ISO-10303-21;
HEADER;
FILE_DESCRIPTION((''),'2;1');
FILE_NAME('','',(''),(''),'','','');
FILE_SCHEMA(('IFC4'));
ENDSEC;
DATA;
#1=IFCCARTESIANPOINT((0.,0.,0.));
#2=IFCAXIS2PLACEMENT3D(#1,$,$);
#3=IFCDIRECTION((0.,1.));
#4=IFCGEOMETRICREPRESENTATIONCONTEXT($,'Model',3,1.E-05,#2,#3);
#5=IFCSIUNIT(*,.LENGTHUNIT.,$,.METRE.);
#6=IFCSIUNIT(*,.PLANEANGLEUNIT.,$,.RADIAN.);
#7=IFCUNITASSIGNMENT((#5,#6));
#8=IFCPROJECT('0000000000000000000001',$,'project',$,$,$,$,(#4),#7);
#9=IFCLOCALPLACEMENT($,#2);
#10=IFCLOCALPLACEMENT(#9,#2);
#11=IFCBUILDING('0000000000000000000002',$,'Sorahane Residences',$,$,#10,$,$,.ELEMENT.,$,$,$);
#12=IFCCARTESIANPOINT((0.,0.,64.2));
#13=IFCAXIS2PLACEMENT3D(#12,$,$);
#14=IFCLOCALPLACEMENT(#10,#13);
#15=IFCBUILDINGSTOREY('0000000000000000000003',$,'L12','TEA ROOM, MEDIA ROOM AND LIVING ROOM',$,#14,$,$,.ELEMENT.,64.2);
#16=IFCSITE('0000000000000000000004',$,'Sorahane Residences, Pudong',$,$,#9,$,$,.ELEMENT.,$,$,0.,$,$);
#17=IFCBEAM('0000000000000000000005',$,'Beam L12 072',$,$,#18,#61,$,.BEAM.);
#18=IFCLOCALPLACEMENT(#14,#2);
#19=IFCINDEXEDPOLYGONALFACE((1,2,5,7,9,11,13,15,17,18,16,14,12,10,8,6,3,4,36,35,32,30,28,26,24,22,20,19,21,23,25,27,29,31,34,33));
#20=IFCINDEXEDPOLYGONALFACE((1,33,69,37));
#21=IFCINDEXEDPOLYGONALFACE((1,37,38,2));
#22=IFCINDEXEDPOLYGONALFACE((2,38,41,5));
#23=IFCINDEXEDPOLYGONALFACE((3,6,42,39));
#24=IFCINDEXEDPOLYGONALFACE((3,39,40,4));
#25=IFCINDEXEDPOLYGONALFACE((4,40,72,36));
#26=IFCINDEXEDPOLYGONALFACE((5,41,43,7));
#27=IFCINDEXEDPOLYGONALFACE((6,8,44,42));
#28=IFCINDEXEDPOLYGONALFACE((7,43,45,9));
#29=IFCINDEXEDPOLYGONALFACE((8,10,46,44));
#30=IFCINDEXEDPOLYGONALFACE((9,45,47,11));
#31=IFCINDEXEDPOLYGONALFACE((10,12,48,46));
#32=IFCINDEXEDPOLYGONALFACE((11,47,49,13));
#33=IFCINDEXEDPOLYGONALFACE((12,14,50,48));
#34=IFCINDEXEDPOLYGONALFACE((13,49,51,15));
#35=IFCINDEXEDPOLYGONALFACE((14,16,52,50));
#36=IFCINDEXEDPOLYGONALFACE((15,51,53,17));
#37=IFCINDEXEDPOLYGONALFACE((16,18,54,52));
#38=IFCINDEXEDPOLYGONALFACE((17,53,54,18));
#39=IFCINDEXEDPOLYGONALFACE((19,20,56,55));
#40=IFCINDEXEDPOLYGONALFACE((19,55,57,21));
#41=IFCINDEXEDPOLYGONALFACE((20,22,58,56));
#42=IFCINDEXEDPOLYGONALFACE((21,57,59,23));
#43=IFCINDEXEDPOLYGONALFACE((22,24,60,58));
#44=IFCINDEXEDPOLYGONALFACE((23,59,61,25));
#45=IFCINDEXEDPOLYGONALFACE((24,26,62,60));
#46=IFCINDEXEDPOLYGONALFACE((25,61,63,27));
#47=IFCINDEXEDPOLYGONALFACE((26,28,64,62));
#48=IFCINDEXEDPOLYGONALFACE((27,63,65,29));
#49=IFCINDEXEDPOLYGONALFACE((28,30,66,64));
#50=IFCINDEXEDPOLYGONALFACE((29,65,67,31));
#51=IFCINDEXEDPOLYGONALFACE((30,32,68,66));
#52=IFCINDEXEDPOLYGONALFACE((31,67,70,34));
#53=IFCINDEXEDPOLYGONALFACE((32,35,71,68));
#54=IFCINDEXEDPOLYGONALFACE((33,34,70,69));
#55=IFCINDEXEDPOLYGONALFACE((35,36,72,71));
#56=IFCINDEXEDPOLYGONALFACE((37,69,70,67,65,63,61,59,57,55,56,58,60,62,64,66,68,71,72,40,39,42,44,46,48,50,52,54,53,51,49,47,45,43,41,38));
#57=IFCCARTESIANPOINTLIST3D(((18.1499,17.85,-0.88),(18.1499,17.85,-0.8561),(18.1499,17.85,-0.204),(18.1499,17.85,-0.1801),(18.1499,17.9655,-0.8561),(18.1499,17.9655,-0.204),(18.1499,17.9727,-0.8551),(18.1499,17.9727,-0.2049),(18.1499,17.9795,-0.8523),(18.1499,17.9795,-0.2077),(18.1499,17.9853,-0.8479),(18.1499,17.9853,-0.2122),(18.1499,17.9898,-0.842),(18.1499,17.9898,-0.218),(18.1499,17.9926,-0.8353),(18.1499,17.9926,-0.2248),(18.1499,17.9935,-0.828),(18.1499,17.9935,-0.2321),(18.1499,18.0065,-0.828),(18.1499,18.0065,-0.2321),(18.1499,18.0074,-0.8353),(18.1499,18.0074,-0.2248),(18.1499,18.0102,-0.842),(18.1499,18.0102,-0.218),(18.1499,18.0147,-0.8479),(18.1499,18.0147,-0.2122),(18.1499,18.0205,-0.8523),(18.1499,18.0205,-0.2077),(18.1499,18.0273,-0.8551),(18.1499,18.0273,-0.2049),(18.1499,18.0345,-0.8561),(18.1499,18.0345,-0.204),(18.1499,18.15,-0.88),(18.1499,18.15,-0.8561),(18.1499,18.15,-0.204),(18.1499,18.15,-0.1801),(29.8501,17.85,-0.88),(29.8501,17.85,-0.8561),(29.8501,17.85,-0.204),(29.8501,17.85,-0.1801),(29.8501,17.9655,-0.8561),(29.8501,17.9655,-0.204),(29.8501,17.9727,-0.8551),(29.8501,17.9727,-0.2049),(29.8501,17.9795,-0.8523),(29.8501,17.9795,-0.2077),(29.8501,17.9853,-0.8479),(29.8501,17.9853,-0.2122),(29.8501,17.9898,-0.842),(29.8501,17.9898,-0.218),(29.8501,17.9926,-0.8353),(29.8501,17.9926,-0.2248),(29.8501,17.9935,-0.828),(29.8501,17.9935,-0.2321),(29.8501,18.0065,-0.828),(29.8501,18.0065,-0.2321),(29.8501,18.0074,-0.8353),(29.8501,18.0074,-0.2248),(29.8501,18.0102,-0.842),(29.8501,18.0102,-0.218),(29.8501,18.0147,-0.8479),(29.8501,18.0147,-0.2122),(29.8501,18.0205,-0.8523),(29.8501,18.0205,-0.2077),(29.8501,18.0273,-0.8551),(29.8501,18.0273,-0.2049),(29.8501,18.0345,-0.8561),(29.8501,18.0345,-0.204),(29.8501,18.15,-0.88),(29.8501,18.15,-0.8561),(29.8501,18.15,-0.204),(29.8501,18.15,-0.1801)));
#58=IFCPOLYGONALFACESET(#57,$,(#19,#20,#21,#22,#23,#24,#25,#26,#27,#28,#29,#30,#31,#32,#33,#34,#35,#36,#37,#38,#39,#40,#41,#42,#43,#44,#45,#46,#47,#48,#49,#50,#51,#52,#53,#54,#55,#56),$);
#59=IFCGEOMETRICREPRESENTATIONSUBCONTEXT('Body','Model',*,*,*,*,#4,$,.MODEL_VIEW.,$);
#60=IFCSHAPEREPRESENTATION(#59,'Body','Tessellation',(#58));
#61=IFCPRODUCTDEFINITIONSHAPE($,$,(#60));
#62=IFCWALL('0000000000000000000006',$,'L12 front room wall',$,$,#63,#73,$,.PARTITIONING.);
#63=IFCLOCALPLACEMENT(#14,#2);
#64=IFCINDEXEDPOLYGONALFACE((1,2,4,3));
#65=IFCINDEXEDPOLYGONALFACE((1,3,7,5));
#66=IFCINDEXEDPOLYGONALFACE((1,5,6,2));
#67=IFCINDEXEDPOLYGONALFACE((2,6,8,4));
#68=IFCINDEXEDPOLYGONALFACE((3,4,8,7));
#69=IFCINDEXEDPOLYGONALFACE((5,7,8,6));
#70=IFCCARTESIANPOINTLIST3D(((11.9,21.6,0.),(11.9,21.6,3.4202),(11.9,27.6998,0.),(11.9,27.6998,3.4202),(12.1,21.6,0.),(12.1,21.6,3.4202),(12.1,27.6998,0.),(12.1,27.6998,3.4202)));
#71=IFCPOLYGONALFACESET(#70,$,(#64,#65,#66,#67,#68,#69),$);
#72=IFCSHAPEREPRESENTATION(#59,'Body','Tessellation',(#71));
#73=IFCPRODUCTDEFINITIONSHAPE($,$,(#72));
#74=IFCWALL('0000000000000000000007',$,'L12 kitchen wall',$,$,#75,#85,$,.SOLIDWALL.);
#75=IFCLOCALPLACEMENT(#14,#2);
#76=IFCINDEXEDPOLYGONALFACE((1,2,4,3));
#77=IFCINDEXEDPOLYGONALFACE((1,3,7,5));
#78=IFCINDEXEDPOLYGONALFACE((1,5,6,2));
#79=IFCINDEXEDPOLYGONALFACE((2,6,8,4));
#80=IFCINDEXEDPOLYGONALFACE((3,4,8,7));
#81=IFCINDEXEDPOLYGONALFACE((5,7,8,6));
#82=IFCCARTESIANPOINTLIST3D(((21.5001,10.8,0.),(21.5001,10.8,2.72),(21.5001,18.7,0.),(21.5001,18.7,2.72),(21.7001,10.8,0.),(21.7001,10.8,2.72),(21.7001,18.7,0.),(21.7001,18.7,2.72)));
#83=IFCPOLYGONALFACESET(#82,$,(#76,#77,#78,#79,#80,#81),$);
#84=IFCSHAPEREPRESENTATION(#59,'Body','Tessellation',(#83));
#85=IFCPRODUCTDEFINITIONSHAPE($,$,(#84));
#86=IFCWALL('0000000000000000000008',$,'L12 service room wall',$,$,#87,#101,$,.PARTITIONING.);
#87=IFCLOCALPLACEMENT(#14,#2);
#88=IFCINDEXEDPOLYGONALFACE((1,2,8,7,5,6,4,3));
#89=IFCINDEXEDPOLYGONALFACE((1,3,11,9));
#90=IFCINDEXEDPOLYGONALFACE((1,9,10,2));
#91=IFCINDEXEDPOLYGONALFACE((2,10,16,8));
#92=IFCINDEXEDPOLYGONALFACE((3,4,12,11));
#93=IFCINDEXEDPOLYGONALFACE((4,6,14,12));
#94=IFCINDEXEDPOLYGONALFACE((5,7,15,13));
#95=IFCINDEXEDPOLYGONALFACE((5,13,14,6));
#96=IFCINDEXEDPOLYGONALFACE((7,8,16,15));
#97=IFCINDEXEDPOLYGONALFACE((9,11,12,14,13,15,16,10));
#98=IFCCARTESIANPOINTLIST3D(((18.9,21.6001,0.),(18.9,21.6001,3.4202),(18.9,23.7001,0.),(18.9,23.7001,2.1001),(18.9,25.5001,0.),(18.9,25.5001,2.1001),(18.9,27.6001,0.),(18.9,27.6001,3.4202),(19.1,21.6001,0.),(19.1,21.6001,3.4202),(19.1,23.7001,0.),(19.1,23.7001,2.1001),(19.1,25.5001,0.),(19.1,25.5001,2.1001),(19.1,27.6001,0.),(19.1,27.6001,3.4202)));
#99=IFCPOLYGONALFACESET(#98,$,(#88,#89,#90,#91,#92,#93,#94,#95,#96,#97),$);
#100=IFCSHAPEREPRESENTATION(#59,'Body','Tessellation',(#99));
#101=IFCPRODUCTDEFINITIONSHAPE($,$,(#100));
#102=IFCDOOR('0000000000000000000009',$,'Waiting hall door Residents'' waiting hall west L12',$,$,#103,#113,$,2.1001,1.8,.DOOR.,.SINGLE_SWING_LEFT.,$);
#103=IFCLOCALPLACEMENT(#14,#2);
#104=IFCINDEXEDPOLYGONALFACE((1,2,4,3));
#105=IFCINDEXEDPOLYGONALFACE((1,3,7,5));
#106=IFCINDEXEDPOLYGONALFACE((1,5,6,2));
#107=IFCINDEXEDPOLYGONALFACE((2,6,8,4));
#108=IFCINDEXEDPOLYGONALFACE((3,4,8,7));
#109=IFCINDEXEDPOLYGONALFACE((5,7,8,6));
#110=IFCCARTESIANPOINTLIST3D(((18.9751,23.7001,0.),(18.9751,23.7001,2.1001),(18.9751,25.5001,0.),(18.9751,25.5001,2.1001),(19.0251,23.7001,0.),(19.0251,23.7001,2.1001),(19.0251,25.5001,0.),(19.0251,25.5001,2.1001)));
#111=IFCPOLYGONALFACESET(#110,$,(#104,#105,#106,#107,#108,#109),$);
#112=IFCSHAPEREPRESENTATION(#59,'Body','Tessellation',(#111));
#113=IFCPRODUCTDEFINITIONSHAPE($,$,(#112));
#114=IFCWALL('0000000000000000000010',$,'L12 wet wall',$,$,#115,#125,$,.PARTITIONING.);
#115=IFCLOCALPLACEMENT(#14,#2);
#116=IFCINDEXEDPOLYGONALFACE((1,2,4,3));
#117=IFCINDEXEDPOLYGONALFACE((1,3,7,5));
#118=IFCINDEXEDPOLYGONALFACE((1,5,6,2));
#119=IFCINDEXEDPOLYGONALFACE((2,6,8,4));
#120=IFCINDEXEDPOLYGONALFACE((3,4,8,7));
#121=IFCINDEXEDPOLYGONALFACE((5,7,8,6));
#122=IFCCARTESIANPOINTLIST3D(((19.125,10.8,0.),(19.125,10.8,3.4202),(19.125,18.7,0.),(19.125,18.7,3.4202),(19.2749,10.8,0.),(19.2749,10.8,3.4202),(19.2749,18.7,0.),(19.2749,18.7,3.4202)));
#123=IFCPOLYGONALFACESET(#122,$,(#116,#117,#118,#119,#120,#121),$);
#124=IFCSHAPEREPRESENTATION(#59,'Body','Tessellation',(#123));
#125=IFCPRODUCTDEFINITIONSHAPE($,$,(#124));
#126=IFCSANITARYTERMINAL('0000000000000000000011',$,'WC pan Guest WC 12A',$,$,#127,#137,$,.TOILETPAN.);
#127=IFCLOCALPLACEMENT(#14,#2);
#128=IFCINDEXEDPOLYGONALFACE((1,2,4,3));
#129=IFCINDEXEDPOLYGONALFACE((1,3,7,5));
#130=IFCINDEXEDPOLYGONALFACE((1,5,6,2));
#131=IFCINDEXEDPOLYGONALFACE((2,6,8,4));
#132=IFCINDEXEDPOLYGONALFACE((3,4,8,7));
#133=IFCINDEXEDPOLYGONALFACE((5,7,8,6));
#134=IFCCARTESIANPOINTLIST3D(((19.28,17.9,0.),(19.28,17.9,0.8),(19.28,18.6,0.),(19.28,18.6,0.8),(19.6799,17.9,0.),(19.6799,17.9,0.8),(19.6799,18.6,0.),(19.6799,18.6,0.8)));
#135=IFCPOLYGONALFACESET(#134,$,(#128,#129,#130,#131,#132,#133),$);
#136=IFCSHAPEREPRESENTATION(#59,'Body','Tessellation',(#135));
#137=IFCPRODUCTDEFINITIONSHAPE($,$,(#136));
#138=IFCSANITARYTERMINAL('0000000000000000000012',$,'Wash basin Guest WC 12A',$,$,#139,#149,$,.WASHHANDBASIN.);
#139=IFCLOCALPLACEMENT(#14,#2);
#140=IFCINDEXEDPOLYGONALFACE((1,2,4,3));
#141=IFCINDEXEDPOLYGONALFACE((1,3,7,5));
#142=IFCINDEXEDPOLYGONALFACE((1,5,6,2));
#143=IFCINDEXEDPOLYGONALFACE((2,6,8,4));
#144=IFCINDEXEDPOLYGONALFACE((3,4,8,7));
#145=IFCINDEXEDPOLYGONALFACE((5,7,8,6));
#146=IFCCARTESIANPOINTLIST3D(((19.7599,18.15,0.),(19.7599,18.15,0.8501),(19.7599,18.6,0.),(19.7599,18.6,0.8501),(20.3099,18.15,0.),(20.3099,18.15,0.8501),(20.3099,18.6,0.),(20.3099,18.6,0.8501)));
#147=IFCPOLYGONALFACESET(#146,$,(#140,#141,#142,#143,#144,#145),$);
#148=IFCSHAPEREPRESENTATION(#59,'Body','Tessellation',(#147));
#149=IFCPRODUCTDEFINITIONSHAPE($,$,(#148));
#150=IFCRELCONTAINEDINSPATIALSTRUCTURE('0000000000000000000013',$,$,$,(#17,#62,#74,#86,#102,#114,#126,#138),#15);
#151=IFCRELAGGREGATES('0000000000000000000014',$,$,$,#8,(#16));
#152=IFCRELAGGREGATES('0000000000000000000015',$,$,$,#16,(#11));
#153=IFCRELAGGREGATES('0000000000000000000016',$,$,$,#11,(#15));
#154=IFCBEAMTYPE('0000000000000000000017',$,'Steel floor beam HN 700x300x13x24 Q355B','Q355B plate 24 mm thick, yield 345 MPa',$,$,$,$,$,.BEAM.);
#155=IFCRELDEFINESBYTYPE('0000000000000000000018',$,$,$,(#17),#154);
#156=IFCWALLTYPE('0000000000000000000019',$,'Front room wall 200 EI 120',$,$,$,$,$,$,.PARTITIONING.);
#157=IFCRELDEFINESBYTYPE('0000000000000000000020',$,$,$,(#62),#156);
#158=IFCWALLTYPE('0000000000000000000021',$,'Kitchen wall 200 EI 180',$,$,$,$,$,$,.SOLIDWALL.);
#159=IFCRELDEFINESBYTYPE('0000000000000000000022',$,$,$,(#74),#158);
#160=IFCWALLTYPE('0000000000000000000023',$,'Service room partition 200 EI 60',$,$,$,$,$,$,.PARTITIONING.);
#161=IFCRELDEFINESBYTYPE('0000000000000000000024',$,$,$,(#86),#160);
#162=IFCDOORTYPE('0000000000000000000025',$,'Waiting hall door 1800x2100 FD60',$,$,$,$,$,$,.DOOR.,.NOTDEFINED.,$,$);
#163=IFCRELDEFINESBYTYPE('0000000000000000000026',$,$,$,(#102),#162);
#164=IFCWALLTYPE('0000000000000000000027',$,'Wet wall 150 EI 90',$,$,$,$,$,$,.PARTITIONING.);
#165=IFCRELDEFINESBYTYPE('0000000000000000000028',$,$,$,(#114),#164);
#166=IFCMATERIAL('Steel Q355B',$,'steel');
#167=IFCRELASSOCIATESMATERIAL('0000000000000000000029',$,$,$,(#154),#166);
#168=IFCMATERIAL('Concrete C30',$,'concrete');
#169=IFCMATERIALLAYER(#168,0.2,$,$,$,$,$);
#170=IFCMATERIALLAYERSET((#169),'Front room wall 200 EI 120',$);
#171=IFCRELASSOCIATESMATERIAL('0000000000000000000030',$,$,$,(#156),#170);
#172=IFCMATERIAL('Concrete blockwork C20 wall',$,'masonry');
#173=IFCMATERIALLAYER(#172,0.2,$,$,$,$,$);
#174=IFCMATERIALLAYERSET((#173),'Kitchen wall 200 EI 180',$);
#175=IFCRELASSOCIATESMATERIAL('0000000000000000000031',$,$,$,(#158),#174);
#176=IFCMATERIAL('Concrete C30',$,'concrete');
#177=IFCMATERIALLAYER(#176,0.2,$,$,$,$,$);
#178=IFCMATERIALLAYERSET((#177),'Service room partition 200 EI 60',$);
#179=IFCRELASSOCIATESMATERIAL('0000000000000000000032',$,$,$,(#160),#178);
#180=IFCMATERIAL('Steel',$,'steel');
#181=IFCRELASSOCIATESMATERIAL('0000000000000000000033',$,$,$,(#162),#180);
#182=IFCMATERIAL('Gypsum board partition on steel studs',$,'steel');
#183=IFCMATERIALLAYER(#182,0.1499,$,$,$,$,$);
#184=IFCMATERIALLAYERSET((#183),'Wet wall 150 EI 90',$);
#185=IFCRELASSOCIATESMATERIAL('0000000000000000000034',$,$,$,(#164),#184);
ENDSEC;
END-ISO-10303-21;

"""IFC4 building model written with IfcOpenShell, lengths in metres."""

from ifc_helpers import new_model, si_unit, direction, frame, frame_2d, origin, origin_2d, place, context, subcontext, project, spatial, rectangle, i_section, extrude, material, layer, layer_set, material_profile, profile_set, type_object, element, fill, save


model = new_model("IFC4")

# Units and contexts
model_context = context("Model", 3, precision=1e-05, world=origin(), true_north=direction((0.0, 1.0)))
body_context = subcontext(model_context, "Body", "Model", "MODEL_VIEW")
ifc_project = project(units=[si_unit("LENGTHUNIT", "METRE"), si_unit("PLANEANGLEUNIT", "RADIAN")], contexts=[model_context])

# Site, building, storey
site_placement = place(None, origin())
site = spatial("IfcSite", under=ifc_project, at=site_placement, Name="Sorahane Residences, Pudong", CompositionType="ELEMENT", RefElevation=0.0)
building_placement = place(site_placement, origin())
building = spatial("IfcBuilding", under=site, at=building_placement, Name="Sorahane Residences", CompositionType="ELEMENT")
storey_placement = place(building_placement, frame((0.0, 0.0, 64.2)))
storey = spatial("IfcBuildingStorey", under=building, at=storey_placement, Name="L12", Description="TEA ROOM, MEDIA ROOM AND LIVING ROOM", CompositionType="ELEMENT", Elevation=64.2)

# Beam
ifc_material_1 = material(Name="Steel Q355B", Category="steel")
ifc_material_profile_1 = material_profile(ifc_material_1, i_section(OverallWidth=0.3, OverallDepth=0.7, WebThickness=0.0129, FlangeThickness=0.0239, FilletRadius=0.0281, at=origin_2d()), Name="HN 700x300x13x24")
ifc_profile_set_1 = profile_set([ifc_material_profile_1], Name="Steel Q355B")
beam_type_1 = type_object("IfcBeamType", Name="Steel floor beam HN 700x300x13x24 Q355B", Description="Q355B plate 24 mm thick, yield 345 MPa", PredefinedType="BEAM", material=ifc_profile_set_1)
beam_1_placement = place(storey_placement, frame((18.1499, 18.0, -0.53), z_axis=(1.0, 0.0, 0.0), x_axis=(0.0, 1.0, 0.0)))
element("IfcBeam", 1, at=beam_1_placement, inside=storey, type_object=beam_type_1, Name="Beam L12 072", PredefinedType="BEAM", context=body_context, shape_type="SweptSolid", body=[
    extrude(i_section(OverallWidth=0.3, OverallDepth=0.7, WebThickness=0.0129, FlangeThickness=0.0239, FilletRadius=0.0281, at=origin_2d()), origin(), (0.0, 0.0, 1.0), 11.7002),
])

# Walls
ifc_material_2 = material(Name="Concrete C30", Category="concrete")
ifc_layer_1 = layer(ifc_material_2, 0.2)
ifc_layer_set_1 = layer_set([ifc_layer_1], Name="Front room wall 200 EI 120")
wall_type_1 = type_object("IfcWallType", Name="Front room wall 200 EI 120", PredefinedType="PARTITIONING", material=ifc_layer_set_1)
wall_1_placement = place(storey_placement, frame((12.0, 21.6001, 0.0), z_axis=(0.0, 0.0, 1.0), x_axis=(0.0, 1.0, 0.0)))
element("IfcWall", 2, at=wall_1_placement, inside=storey, type_object=wall_type_1, Name="L12 front room wall", PredefinedType="PARTITIONING", context=body_context, shape_type="SweptSolid", body=[
    extrude(rectangle(XDim=6.0999, YDim=0.2, at=frame_2d((3.0498, 0.0))), origin(), (0.0, 0.0, 1.0), 3.4202),
])
ifc_material_3 = material(Name="Concrete blockwork C20 wall", Category="masonry")
ifc_layer_2 = layer(ifc_material_3, 0.2)
ifc_layer_set_2 = layer_set([ifc_layer_2], Name="Kitchen wall 200 EI 180")
wall_type_2 = type_object("IfcWallType", Name="Kitchen wall 200 EI 180", PredefinedType="SOLIDWALL", material=ifc_layer_set_2)
wall_2_placement = place(storey_placement, frame((21.6001, 10.8, 0.0), z_axis=(0.0, 0.0, 1.0), x_axis=(0.0, 1.0, 0.0)))
element("IfcWall", 3, at=wall_2_placement, inside=storey, type_object=wall_type_2, Name="L12 kitchen wall", PredefinedType="SOLIDWALL", context=body_context, shape_type="SweptSolid", body=[
    extrude(rectangle(XDim=7.8999, YDim=0.2, at=frame_2d((3.95, 0.0))), origin(), (0.0, 0.0, 1.0), 2.72),
])

# Wall, opening, door
ifc_material_4 = material(Name="Concrete C30", Category="concrete")
ifc_layer_3 = layer(ifc_material_4, 0.2)
ifc_layer_set_3 = layer_set([ifc_layer_3], Name="Service room partition 200 EI 60")
wall_type_3 = type_object("IfcWallType", Name="Service room partition 200 EI 60", PredefinedType="PARTITIONING", material=ifc_layer_set_3)
wall_3_placement = place(storey_placement, frame((19.0, 21.6001, 0.0), z_axis=(0.0, 0.0, 1.0), x_axis=(0.0, 1.0, 0.0)))
wall_3 = element("IfcWall", 4, at=wall_3_placement, inside=storey, type_object=wall_type_3, Name="L12 service room wall", PredefinedType="PARTITIONING", context=body_context, shape_type="SweptSolid", body=[
    extrude(rectangle(XDim=6.0, YDim=0.2, at=frame_2d((3.0, 0.0))), origin(), (0.0, 0.0, 1.0), 3.4202),
])
opening_1_placement = place(wall_3_placement, frame((2.1001, 0.0, 0.0)))
opening_1 = element("IfcOpeningElement", 5, at=opening_1_placement, cuts=wall_3, PredefinedType="OPENING", context=body_context, shape_type="SweptSolid", body=[
    extrude(rectangle(XDim=1.8, YDim=2.1001, at=frame_2d((0.8999, 1.05))), frame((0.0, 0.1099, 0.0), z_axis=(0.0, -1.0, 0.0), x_axis=(1.0, 0.0, 0.0)), (0.0, 0.0, 1.0), 0.22),
])
ifc_material_5 = material(Name="Steel", Category="steel")
door_type_1 = type_object("IfcDoorType", Name="Waiting hall door 1800x2100 FD60", OperationType="NOTDEFINED", PredefinedType="DOOR", material=ifc_material_5)
door_1_placement = place(opening_1_placement, origin())
door_1 = element("IfcDoor", 6, at=door_1_placement, inside=storey, type_object=door_type_1, Name="Waiting hall door Residents' waiting hall west L12", OperationType="SINGLE_SWING_LEFT", OverallHeight=2.1001, OverallWidth=1.8, PredefinedType="DOOR", context=body_context, shape_type="SweptSolid", body=[
    extrude(rectangle(XDim=1.8, YDim=2.1001, at=frame_2d((0.8999, 1.05))), frame((0.0, 0.0249, 0.0), z_axis=(0.0, -1.0, 0.0), x_axis=(1.0, 0.0, 0.0)), (0.0, 0.0, 1.0), 0.05),
])
fill(opening_1, door_1)

# Wall
ifc_material_6 = material(Name="Gypsum board partition on steel studs", Category="steel")
ifc_layer_4 = layer(ifc_material_6, 0.1499)
ifc_layer_set_4 = layer_set([ifc_layer_4], Name="Wet wall 150 EI 90")
wall_type_4 = type_object("IfcWallType", Name="Wet wall 150 EI 90", PredefinedType="PARTITIONING", material=ifc_layer_set_4)
wall_4_placement = place(storey_placement, frame((19.2, 10.8, 0.0), z_axis=(0.0, 0.0, 1.0), x_axis=(0.0, 1.0, 0.0)))
element("IfcWall", 7, at=wall_4_placement, inside=storey, type_object=wall_type_4, Name="L12 wet wall", PredefinedType="PARTITIONING", context=body_context, shape_type="SweptSolid", body=[
    extrude(rectangle(XDim=7.8999, YDim=0.1499, at=frame_2d((3.95, 0.0))), origin(), (0.0, 0.0, 1.0), 3.4202),
])

# Sanitary terminals
sanitary_terminal_1_placement = place(storey_placement, frame((19.48, 18.25, 0.0), z_axis=(0.0, 0.0, 1.0), x_axis=(1.0, 0.0, 0.0)))
element("IfcSanitaryTerminal", 8, at=sanitary_terminal_1_placement, inside=storey, Name="WC pan Guest WC 12A", PredefinedType="TOILETPAN", context=body_context, shape_type="SweptSolid", body=[
    extrude(rectangle(XDim=0.3999, YDim=0.7, at=origin_2d()), origin(), (0.0, 0.0, 1.0), 0.8),
])
sanitary_terminal_2_placement = place(storey_placement, frame((20.0349, 18.375, 0.0), z_axis=(0.0, 0.0, 1.0), x_axis=(1.0, 0.0, 0.0)))
element("IfcSanitaryTerminal", 9, at=sanitary_terminal_2_placement, inside=storey, Name="Wash basin Guest WC 12A", PredefinedType="WASHHANDBASIN", context=body_context, shape_type="SweptSolid", body=[
    extrude(rectangle(XDim=0.55, YDim=0.45, at=origin_2d()), origin(), (0.0, 0.0, 1.0), 0.8501),
])

save(model, "model.ifc")
